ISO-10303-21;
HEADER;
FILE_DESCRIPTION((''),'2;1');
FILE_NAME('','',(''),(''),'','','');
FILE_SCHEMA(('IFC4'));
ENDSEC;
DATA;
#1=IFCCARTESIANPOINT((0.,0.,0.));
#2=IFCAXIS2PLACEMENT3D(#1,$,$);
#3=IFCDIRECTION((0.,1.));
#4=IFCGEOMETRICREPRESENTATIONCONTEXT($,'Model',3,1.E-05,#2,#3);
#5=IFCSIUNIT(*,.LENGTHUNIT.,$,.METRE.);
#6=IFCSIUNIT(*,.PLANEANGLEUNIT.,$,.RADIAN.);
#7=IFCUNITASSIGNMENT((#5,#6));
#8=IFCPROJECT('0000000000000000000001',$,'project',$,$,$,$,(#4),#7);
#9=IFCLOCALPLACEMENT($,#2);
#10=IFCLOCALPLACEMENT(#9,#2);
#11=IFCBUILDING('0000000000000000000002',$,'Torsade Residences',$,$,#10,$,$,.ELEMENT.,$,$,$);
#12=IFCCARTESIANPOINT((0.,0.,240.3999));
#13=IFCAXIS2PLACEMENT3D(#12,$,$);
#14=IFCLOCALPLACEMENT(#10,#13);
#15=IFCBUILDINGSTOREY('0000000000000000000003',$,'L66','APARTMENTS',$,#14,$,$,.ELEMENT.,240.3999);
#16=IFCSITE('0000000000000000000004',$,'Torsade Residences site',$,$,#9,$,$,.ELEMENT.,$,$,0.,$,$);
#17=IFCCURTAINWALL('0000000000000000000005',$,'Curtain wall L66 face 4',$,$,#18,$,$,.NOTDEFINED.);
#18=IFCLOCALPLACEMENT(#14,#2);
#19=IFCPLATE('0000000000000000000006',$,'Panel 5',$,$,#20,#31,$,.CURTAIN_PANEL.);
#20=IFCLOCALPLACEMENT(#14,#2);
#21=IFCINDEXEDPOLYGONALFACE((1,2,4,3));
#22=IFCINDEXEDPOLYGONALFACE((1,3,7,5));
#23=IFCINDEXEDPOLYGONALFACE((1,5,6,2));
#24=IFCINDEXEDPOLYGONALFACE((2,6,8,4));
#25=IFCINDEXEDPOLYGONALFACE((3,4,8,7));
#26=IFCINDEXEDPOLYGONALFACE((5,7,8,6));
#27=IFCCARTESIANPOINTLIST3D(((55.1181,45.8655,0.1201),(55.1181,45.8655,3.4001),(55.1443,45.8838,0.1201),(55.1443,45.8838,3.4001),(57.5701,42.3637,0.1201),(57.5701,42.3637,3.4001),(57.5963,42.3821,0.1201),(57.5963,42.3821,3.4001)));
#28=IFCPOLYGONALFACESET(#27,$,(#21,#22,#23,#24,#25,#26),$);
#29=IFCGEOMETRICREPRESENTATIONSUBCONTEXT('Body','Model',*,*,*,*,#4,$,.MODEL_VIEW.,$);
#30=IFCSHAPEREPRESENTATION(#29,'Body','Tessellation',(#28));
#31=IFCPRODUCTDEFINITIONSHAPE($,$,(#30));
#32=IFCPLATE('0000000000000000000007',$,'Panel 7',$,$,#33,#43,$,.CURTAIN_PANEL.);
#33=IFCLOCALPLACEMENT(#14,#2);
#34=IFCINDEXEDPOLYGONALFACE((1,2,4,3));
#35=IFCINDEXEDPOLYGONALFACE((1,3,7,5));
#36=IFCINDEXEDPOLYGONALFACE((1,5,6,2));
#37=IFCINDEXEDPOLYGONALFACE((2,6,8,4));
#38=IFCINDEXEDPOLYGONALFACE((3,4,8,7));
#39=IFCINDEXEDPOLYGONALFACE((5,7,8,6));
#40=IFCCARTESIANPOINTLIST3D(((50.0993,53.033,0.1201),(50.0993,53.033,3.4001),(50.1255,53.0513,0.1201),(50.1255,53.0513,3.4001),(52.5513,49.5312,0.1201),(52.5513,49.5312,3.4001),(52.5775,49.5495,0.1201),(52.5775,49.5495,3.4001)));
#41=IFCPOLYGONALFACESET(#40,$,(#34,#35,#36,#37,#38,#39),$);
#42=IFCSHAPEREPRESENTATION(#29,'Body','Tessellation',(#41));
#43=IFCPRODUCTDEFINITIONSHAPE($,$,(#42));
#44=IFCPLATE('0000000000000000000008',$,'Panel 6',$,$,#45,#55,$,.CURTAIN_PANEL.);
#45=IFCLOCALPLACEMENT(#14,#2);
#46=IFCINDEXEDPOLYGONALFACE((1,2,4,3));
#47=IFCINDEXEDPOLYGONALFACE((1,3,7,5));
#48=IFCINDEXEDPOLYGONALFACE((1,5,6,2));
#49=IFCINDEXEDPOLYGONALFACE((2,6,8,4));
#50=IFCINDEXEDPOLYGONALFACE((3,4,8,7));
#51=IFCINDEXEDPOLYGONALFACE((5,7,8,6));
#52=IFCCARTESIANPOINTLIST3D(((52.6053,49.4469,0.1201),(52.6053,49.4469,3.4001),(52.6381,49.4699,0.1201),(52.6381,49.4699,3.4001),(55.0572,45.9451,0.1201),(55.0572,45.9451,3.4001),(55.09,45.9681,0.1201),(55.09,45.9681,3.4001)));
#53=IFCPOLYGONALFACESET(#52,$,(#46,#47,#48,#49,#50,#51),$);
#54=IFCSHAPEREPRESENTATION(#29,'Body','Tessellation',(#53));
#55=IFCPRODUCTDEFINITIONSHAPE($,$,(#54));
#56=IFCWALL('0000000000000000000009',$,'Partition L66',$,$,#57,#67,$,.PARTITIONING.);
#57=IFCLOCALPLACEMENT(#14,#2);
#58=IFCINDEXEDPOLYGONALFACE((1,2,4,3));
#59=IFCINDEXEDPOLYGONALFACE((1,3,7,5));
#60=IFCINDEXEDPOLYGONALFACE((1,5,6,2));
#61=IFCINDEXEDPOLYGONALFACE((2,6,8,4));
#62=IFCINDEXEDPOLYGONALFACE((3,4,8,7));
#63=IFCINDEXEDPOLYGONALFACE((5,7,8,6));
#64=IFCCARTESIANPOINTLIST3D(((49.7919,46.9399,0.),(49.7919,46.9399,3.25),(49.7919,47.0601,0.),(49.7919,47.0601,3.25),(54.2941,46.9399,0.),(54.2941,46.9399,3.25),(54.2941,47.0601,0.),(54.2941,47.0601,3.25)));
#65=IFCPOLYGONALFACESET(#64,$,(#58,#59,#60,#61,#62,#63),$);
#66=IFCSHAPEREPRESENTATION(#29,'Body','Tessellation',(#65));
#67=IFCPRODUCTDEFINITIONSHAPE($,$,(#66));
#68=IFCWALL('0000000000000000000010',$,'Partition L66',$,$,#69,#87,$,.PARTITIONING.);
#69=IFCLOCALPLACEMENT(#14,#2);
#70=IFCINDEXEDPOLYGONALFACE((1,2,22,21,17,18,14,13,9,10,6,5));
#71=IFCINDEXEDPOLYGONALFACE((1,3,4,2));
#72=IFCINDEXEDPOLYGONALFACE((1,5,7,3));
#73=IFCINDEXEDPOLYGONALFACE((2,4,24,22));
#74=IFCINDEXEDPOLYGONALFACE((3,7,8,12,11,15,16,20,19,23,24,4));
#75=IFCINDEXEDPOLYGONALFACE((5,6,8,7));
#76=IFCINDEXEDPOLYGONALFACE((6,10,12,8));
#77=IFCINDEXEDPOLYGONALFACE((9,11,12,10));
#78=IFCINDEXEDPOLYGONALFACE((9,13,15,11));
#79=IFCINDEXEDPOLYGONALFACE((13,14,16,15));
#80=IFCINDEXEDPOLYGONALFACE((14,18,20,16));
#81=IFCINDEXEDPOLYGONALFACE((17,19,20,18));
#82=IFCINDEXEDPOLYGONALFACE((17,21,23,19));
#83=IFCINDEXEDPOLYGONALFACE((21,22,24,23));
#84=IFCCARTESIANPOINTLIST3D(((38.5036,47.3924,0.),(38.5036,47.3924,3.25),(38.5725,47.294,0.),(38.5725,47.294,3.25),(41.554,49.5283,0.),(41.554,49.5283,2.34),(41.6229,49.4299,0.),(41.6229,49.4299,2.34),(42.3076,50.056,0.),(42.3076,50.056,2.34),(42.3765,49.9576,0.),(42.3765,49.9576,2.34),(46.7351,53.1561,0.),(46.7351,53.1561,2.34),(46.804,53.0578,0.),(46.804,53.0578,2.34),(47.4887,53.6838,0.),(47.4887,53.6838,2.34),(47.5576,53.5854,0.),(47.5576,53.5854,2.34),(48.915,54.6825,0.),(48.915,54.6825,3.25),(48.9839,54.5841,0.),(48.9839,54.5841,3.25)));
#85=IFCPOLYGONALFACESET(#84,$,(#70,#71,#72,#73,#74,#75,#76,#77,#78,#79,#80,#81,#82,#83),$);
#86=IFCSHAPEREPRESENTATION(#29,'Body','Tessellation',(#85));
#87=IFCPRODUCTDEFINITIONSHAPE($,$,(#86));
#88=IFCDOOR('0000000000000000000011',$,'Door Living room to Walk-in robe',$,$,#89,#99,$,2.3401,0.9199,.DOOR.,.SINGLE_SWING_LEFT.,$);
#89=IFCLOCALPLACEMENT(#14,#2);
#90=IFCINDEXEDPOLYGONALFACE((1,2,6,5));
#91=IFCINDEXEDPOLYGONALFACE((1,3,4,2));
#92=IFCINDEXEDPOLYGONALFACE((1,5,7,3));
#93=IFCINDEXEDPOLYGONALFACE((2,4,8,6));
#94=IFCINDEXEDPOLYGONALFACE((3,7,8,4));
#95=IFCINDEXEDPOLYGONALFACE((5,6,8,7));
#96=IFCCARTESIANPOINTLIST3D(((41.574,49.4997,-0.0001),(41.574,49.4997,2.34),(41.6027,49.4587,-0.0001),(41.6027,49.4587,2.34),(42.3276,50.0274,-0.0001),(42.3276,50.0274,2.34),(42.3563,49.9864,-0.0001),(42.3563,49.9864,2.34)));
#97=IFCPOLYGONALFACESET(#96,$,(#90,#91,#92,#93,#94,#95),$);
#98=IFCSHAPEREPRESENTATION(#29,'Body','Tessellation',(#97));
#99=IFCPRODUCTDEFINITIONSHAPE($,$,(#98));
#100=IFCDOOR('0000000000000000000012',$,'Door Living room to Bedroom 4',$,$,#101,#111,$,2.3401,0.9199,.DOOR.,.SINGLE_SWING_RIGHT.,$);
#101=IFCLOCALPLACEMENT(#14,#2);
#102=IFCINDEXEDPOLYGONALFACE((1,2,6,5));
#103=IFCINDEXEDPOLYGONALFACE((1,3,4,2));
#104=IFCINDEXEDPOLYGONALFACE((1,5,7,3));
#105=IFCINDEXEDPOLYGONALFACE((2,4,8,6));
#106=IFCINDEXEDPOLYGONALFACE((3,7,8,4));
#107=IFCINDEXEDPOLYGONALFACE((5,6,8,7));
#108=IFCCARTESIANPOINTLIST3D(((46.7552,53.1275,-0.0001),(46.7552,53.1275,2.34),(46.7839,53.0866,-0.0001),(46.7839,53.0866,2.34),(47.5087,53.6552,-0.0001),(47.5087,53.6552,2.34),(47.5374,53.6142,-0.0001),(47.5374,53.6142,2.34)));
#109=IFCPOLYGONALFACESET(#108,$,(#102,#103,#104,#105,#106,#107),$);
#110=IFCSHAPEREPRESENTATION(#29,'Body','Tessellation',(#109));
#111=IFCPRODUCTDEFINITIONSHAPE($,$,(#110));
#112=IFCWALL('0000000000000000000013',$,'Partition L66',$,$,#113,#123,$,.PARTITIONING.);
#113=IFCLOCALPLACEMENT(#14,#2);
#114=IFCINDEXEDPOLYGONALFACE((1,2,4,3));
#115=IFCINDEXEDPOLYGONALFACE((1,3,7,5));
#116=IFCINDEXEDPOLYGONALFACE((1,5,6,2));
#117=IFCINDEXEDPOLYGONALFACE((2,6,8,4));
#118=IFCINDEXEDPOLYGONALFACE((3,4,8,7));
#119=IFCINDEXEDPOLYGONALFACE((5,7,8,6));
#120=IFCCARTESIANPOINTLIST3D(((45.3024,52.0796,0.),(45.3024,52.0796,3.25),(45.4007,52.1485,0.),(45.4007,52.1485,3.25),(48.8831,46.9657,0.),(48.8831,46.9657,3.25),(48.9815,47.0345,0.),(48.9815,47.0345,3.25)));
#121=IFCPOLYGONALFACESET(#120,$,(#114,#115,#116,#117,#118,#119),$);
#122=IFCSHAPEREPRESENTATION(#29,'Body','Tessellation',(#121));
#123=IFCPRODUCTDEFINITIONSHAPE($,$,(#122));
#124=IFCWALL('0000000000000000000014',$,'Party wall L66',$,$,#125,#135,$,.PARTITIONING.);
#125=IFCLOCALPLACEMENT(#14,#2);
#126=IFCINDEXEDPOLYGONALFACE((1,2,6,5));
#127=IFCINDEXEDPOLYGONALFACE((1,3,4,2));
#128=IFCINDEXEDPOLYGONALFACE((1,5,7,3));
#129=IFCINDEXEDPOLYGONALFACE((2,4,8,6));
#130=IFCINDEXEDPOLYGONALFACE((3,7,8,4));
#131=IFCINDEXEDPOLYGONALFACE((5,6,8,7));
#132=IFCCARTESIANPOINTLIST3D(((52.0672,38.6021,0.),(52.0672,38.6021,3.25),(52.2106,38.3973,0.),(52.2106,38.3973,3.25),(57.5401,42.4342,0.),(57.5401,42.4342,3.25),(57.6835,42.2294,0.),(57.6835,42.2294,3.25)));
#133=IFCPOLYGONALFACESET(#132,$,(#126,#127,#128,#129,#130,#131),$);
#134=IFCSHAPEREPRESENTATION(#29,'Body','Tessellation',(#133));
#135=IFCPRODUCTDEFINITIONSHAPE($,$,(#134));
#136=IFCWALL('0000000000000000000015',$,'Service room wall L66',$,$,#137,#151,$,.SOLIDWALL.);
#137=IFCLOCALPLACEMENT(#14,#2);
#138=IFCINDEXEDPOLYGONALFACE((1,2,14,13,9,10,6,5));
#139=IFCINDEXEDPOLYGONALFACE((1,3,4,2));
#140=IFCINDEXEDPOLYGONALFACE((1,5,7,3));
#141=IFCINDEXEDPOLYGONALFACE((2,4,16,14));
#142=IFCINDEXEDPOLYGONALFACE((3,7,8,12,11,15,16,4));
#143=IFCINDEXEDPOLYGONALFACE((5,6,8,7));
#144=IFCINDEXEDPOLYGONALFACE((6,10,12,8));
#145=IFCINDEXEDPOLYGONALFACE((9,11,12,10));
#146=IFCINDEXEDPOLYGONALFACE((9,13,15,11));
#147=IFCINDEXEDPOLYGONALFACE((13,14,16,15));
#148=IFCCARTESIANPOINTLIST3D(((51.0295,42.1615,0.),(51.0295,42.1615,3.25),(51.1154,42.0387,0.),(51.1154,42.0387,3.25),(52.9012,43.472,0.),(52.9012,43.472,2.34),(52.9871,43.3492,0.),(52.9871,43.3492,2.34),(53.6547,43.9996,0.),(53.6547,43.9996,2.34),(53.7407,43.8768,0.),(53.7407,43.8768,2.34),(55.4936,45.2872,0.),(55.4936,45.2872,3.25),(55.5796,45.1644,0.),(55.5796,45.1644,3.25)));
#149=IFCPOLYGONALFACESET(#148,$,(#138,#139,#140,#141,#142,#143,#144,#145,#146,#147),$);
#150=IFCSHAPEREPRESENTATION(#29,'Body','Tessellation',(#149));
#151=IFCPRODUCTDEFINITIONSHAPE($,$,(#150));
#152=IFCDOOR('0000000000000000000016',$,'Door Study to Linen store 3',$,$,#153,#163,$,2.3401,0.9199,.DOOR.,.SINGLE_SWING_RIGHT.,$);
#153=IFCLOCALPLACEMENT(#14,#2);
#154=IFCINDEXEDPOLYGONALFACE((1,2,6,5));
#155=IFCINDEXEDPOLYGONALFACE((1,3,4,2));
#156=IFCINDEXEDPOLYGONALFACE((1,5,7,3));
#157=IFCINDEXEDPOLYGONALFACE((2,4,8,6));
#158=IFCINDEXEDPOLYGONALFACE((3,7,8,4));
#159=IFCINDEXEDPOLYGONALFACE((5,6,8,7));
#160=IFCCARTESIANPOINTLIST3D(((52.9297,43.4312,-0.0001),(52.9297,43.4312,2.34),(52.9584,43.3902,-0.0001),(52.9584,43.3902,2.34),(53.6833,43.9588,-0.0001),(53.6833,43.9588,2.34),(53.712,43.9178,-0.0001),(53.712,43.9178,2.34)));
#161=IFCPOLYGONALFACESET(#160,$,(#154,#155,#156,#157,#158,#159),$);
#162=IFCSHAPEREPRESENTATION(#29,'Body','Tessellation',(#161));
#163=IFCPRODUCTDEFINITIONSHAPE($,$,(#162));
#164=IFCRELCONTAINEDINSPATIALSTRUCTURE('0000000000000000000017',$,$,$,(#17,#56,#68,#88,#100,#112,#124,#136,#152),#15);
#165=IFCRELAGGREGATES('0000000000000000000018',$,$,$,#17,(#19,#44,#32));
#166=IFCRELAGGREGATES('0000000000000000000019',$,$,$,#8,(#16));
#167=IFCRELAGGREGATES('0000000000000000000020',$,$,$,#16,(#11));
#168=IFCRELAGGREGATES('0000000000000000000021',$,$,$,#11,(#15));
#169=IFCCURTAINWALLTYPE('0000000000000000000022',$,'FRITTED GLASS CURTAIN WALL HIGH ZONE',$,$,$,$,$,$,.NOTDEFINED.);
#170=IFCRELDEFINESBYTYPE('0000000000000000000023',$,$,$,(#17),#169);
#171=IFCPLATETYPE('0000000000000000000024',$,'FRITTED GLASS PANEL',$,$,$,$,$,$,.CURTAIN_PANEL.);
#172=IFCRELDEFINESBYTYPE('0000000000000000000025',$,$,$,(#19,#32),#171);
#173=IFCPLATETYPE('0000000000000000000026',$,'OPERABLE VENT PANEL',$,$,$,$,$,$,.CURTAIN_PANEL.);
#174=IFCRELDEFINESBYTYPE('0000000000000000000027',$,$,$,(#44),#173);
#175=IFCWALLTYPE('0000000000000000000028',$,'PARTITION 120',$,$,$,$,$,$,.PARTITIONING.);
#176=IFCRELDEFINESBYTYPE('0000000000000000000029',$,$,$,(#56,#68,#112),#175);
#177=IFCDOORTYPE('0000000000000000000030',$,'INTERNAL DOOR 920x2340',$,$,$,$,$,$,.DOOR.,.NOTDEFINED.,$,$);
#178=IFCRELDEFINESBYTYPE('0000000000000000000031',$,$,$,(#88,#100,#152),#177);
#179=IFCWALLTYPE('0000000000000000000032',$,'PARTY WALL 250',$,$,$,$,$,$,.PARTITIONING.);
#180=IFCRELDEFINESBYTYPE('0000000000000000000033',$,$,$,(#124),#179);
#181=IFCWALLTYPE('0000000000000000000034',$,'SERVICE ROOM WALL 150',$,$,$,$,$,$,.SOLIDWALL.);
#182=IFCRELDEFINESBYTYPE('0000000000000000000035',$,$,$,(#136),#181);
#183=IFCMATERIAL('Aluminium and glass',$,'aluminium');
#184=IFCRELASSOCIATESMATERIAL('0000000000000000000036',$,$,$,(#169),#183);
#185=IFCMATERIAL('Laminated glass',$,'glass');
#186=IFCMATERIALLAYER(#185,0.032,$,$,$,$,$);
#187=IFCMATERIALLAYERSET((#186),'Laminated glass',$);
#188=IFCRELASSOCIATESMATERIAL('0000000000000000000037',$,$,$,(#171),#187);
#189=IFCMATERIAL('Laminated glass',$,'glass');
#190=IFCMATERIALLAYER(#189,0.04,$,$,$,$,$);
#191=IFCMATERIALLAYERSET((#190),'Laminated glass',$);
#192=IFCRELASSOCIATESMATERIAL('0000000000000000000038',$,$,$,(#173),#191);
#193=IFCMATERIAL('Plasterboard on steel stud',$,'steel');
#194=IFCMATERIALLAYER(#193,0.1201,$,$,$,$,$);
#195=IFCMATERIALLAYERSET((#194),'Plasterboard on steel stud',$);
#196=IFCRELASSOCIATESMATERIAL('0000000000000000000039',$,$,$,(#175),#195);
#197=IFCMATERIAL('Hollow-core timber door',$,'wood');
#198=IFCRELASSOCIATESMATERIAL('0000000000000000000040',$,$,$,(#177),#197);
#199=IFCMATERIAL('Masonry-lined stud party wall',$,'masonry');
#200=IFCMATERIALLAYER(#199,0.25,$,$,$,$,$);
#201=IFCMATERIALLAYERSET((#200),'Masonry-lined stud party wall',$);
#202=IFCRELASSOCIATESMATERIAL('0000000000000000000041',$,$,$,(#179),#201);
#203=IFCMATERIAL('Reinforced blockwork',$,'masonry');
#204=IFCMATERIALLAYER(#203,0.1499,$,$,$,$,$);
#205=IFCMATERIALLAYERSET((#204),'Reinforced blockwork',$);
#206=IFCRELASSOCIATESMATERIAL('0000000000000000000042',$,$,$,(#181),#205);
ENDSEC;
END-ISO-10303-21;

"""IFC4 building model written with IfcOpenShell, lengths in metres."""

from ifc_helpers import new_model, si_unit, direction, frame, frame_2d, origin, origin_2d, place, context, subcontext, project, spatial, rectangle, extrude, material, layer, layer_set, type_object, element, fill, aggregate, save


model = new_model("IFC4")

# Units and contexts
model_context = context("Model", 3, precision=1e-05, world=origin(), true_north=direction((0.0, 1.0)))
body_context = subcontext(model_context, "Body", "Model", "MODEL_VIEW")
ifc_project = project(units=[si_unit("LENGTHUNIT", "METRE"), si_unit("PLANEANGLEUNIT", "RADIAN")], contexts=[model_context])

# Site, building, storey
site_placement = place(None, origin())
site = spatial("IfcSite", under=ifc_project, at=site_placement, Name="Torsade Residences site", CompositionType="ELEMENT", RefElevation=0.0)
building_placement = place(site_placement, origin())
building = spatial("IfcBuilding", under=site, at=building_placement, Name="Torsade Residences", CompositionType="ELEMENT")
storey_placement = place(building_placement, frame((0.0, 0.0, 240.3999)))
storey = spatial("IfcBuildingStorey", under=building, at=storey_placement, Name="L66", Description="APARTMENTS", CompositionType="ELEMENT", Elevation=240.3999)

# Curtain wall
ifc_material_1 = material(Name="Aluminium and glass", Category="aluminium")
curtain_wall_type = type_object("IfcCurtainWallType", Name="FRITTED GLASS CURTAIN WALL HIGH ZONE", PredefinedType="NOTDEFINED", material=ifc_material_1)
curtain_wall_placement = place(storey_placement, origin())
curtain_wall = element("IfcCurtainWall", 1, at=curtain_wall_placement, inside=storey, type_object=curtain_wall_type, Name="Curtain wall L66 face 4", PredefinedType="NOTDEFINED")

# Plates
ifc_material_2 = material(Name="Laminated glass", Category="glass")
ifc_layer_1 = layer(ifc_material_2, 0.032)
ifc_layer_set_1 = layer_set([ifc_layer_1], Name="Laminated glass")
plate_type_1 = type_object("IfcPlateType", Name="FRITTED GLASS PANEL", PredefinedType="CURTAIN_PANEL", material=ifc_layer_set_1)
plate_1_placement = place(storey_placement, frame((56.3572, 44.1238, 0.1201), z_axis=(0.0, 0.0, 1.0), x_axis=(-0.573576, 0.819152, 0.0)))
plate_1 = element("IfcPlate", 2, at=plate_1_placement, type_object=plate_type_1, Name="Panel 5", PredefinedType="CURTAIN_PANEL", context=body_context, shape_type="SweptSolid", body=[
    extrude(rectangle(XDim=4.2749, YDim=0.032, at=origin_2d()), origin(), (0.0, 0.0, 1.0), 3.28),
])
plate_2_placement = place(storey_placement, frame((51.3384, 51.2913, 0.1201), z_axis=(0.0, 0.0, 1.0), x_axis=(-0.573576, 0.819152, 0.0)))
plate_2 = element("IfcPlate", 3, at=plate_2_placement, type_object=plate_type_1, Name="Panel 7", PredefinedType="CURTAIN_PANEL", context=body_context, shape_type="SweptSolid", body=[
    extrude(rectangle(XDim=4.2749, YDim=0.032, at=origin_2d()), origin(), (0.0, 0.0, 1.0), 3.28),
])
ifc_material_3 = material(Name="Laminated glass", Category="glass")
ifc_layer_2 = layer(ifc_material_3, 0.04)
ifc_layer_set_2 = layer_set([ifc_layer_2], Name="Laminated glass")
plate_type_2 = type_object("IfcPlateType", Name="OPERABLE VENT PANEL", PredefinedType="CURTAIN_PANEL", material=ifc_layer_set_2)
plate_3_placement = place(storey_placement, frame((53.8477, 47.7075, 0.1201), z_axis=(0.0, 0.0, 1.0), x_axis=(-0.573576, 0.819152, 0.0)))
plate_3 = element("IfcPlate", 4, at=plate_3_placement, type_object=plate_type_2, Name="Panel 6", PredefinedType="CURTAIN_PANEL", context=body_context, shape_type="SweptSolid", body=[
    extrude(rectangle(XDim=4.2749, YDim=0.04, at=origin_2d()), origin(), (0.0, 0.0, 1.0), 3.28),
])
aggregate(curtain_wall, [plate_1, plate_3, plate_2])

# Wall
ifc_material_4 = material(Name="Plasterboard on steel stud", Category="steel")
ifc_layer_3 = layer(ifc_material_4, 0.1201)
ifc_layer_set_3 = layer_set([ifc_layer_3], Name="Plasterboard on steel stud")
wall_type_1 = type_object("IfcWallType", Name="PARTITION 120", PredefinedType="PARTITIONING", material=ifc_layer_set_3)
wall_1_placement = place(storey_placement, frame((49.792, 47.0, 0.0), z_axis=(0.0, 0.0, 1.0), x_axis=(1.0, 0.0, 0.0)))
element("IfcWall", 5, at=wall_1_placement, inside=storey, type_object=wall_type_1, Name="Partition L66", PredefinedType="PARTITIONING", context=body_context, shape_type="SweptSolid", body=[
    extrude(rectangle(XDim=4.5022, YDim=0.1201, at=frame_2d((2.251, 0.0))), origin(), (0.0, 0.0, 1.0), 3.25),
])

# Wall, openings, doors
wall_2_placement = place(storey_placement, frame((48.9495, 54.6333, 0.0), z_axis=(0.0, 0.0, 1.0), x_axis=(-0.819155, -0.573572, 0.0)))
wall_2 = element("IfcWall", 6, at=wall_2_placement, inside=storey, type_object=wall_type_1, Name="Partition L66", PredefinedType="PARTITIONING", context=body_context, shape_type="SweptSolid", body=[
    extrude(rectangle(XDim=12.71, YDim=0.1201, at=frame_2d((6.355, 0.0))), origin(), (0.0, 0.0, 1.0), 3.25),
])
opening_1_placement = place(wall_2_placement, frame((8.0662, 0.0, 0.0)))
opening_1 = element("IfcOpeningElement", 7, at=opening_1_placement, cuts=wall_2, PredefinedType="OPENING", context=body_context, shape_type="SweptSolid", body=[
    extrude(rectangle(XDim=0.9199, YDim=2.3401, at=frame_2d((0.46, 1.1699))), frame((0.0, 0.0701, 0.0), z_axis=(0.0, -1.0, 0.0), x_axis=(1.0, 0.0, 0.0)), (0.0, 0.0, 1.0), 0.1401),
])
opening_2_placement = place(wall_2_placement, frame((1.7412, 0.0, 0.0)))
opening_2 = element("IfcOpeningElement", 8, at=opening_2_placement, cuts=wall_2, PredefinedType="OPENING", context=body_context, shape_type="SweptSolid", body=[
    extrude(rectangle(XDim=0.9199, YDim=2.3401, at=frame_2d((0.46, 1.1699))), frame((0.0, 0.0701, 0.0), z_axis=(0.0, -1.0, 0.0), x_axis=(1.0, 0.0, 0.0)), (0.0, 0.0, 1.0), 0.1401),
])
ifc_material_5 = material(Name="Hollow-core timber door", Category="wood")
door_type = type_object("IfcDoorType", Name="INTERNAL DOOR 920x2340", OperationType="NOTDEFINED", PredefinedType="DOOR", material=ifc_material_5)
door_1_placement = place(opening_1_placement, origin())
door_1 = element("IfcDoor", 9, at=door_1_placement, inside=storey, type_object=door_type, Name="Door Living room to Walk-in robe", OperationType="SINGLE_SWING_LEFT", OverallHeight=2.3401, OverallWidth=0.9199, PredefinedType="DOOR", context=body_context, shape_type="SweptSolid", body=[
    extrude(rectangle(XDim=0.9199, YDim=2.3401, at=frame_2d((0.46, 1.1699))), frame((0.0, 0.0249, 0.0), z_axis=(0.0, -1.0, 0.0), x_axis=(1.0, 0.0, 0.0)), (0.0, 0.0, 1.0), 0.05),
])
fill(opening_1, door_1)
door_2_placement = place(opening_2_placement, origin())
door_2 = element("IfcDoor", 10, at=door_2_placement, inside=storey, type_object=door_type, Name="Door Living room to Bedroom 4", OperationType="SINGLE_SWING_RIGHT", OverallHeight=2.3401, OverallWidth=0.9199, PredefinedType="DOOR", context=body_context, shape_type="SweptSolid", body=[
    extrude(rectangle(XDim=0.9199, YDim=2.3401, at=frame_2d((0.46, 1.1699))), frame((0.0, 0.0249, 0.0), z_axis=(0.0, -1.0, 0.0), x_axis=(1.0, 0.0, 0.0)), (0.0, 0.0, 1.0), 0.05),
])
fill(opening_2, door_2)

# Walls
wall_3_placement = place(storey_placement, frame((48.9324, 47.0, 0.0), z_axis=(0.0, 0.0, 1.0), x_axis=(-0.57357, 0.819157, 0.0)))
element("IfcWall", 11, at=wall_3_placement, inside=storey, type_object=wall_type_1, Name="Partition L66", PredefinedType="PARTITIONING", context=body_context, shape_type="SweptSolid", body=[
    extrude(rectangle(XDim=6.2429, YDim=0.1201, at=frame_2d((3.1216, 0.0))), origin(), (0.0, 0.0, 1.0), 3.25),
])
ifc_material_6 = material(Name="Masonry-lined stud party wall", Category="masonry")
ifc_layer_4 = layer(ifc_material_6, 0.25)
ifc_layer_set_4 = layer_set([ifc_layer_4], Name="Masonry-lined stud party wall")
wall_type_2 = type_object("IfcWallType", Name="PARTY WALL 250", PredefinedType="PARTITIONING", material=ifc_layer_set_4)
wall_4_placement = place(storey_placement, frame((57.6118, 42.3318, 0.0), z_axis=(0.0, 0.0, 1.0), x_axis=(-0.819162, -0.573563, 0.0)))
element("IfcWall", 12, at=wall_4_placement, inside=storey, type_object=wall_type_2, Name="Party wall L66", PredefinedType="PARTITIONING", context=body_context, shape_type="SweptSolid", body=[
    extrude(rectangle(XDim=6.6812, YDim=0.25, at=frame_2d((3.3406, 0.0))), origin(), (0.0, 0.0, 1.0), 3.25),
])

# Wall, opening, door
ifc_material_7 = material(Name="Reinforced blockwork", Category="masonry")
ifc_layer_5 = layer(ifc_material_7, 0.1499)
ifc_layer_set_5 = layer_set([ifc_layer_5], Name="Reinforced blockwork")
wall_type_3 = type_object("IfcWallType", Name="SERVICE ROOM WALL 150", PredefinedType="SOLIDWALL", material=ifc_layer_set_5)
wall_5_placement = place(storey_placement, frame((55.5366, 45.2258, 0.0), z_axis=(0.0, 0.0, 1.0), x_axis=(-0.819158, -0.573568, 0.0)))
wall_5 = element("IfcWall", 13, at=wall_5_placement, inside=storey, type_object=wall_type_3, Name="Service room wall L66", PredefinedType="SOLIDWALL", context=body_context, shape_type="SweptSolid", body=[
    extrude(rectangle(XDim=5.4497, YDim=0.1499, at=frame_2d((2.7249, 0.0))), origin(), (0.0, 0.0, 1.0), 3.25),
])
opening_3_placement = place(wall_5_placement, frame((2.2449, 0.0, 0.0)))
opening_3 = element("IfcOpeningElement", 14, at=opening_3_placement, cuts=wall_5, PredefinedType="OPENING", context=body_context, shape_type="SweptSolid", body=[
    extrude(rectangle(XDim=0.9199, YDim=2.3401, at=frame_2d((0.46, 1.1699))), frame((0.0, 0.085, 0.0), z_axis=(0.0, -1.0, 0.0), x_axis=(1.0, 0.0, 0.0)), (0.0, 0.0, 1.0), 0.1699),
])
door_3_placement = place(opening_3_placement, origin())
door_3 = element("IfcDoor", 15, at=door_3_placement, inside=storey, type_object=door_type, Name="Door Study to Linen store 3", OperationType="SINGLE_SWING_RIGHT", OverallHeight=2.3401, OverallWidth=0.9199, PredefinedType="DOOR", context=body_context, shape_type="SweptSolid", body=[
    extrude(rectangle(XDim=0.9199, YDim=2.3401, at=frame_2d((0.46, 1.1699))), frame((0.0, 0.0249, 0.0), z_axis=(0.0, -1.0, 0.0), x_axis=(1.0, 0.0, 0.0)), (0.0, 0.0, 1.0), 0.05),
])
fill(opening_3, door_3)

save(model, "model.ifc")
